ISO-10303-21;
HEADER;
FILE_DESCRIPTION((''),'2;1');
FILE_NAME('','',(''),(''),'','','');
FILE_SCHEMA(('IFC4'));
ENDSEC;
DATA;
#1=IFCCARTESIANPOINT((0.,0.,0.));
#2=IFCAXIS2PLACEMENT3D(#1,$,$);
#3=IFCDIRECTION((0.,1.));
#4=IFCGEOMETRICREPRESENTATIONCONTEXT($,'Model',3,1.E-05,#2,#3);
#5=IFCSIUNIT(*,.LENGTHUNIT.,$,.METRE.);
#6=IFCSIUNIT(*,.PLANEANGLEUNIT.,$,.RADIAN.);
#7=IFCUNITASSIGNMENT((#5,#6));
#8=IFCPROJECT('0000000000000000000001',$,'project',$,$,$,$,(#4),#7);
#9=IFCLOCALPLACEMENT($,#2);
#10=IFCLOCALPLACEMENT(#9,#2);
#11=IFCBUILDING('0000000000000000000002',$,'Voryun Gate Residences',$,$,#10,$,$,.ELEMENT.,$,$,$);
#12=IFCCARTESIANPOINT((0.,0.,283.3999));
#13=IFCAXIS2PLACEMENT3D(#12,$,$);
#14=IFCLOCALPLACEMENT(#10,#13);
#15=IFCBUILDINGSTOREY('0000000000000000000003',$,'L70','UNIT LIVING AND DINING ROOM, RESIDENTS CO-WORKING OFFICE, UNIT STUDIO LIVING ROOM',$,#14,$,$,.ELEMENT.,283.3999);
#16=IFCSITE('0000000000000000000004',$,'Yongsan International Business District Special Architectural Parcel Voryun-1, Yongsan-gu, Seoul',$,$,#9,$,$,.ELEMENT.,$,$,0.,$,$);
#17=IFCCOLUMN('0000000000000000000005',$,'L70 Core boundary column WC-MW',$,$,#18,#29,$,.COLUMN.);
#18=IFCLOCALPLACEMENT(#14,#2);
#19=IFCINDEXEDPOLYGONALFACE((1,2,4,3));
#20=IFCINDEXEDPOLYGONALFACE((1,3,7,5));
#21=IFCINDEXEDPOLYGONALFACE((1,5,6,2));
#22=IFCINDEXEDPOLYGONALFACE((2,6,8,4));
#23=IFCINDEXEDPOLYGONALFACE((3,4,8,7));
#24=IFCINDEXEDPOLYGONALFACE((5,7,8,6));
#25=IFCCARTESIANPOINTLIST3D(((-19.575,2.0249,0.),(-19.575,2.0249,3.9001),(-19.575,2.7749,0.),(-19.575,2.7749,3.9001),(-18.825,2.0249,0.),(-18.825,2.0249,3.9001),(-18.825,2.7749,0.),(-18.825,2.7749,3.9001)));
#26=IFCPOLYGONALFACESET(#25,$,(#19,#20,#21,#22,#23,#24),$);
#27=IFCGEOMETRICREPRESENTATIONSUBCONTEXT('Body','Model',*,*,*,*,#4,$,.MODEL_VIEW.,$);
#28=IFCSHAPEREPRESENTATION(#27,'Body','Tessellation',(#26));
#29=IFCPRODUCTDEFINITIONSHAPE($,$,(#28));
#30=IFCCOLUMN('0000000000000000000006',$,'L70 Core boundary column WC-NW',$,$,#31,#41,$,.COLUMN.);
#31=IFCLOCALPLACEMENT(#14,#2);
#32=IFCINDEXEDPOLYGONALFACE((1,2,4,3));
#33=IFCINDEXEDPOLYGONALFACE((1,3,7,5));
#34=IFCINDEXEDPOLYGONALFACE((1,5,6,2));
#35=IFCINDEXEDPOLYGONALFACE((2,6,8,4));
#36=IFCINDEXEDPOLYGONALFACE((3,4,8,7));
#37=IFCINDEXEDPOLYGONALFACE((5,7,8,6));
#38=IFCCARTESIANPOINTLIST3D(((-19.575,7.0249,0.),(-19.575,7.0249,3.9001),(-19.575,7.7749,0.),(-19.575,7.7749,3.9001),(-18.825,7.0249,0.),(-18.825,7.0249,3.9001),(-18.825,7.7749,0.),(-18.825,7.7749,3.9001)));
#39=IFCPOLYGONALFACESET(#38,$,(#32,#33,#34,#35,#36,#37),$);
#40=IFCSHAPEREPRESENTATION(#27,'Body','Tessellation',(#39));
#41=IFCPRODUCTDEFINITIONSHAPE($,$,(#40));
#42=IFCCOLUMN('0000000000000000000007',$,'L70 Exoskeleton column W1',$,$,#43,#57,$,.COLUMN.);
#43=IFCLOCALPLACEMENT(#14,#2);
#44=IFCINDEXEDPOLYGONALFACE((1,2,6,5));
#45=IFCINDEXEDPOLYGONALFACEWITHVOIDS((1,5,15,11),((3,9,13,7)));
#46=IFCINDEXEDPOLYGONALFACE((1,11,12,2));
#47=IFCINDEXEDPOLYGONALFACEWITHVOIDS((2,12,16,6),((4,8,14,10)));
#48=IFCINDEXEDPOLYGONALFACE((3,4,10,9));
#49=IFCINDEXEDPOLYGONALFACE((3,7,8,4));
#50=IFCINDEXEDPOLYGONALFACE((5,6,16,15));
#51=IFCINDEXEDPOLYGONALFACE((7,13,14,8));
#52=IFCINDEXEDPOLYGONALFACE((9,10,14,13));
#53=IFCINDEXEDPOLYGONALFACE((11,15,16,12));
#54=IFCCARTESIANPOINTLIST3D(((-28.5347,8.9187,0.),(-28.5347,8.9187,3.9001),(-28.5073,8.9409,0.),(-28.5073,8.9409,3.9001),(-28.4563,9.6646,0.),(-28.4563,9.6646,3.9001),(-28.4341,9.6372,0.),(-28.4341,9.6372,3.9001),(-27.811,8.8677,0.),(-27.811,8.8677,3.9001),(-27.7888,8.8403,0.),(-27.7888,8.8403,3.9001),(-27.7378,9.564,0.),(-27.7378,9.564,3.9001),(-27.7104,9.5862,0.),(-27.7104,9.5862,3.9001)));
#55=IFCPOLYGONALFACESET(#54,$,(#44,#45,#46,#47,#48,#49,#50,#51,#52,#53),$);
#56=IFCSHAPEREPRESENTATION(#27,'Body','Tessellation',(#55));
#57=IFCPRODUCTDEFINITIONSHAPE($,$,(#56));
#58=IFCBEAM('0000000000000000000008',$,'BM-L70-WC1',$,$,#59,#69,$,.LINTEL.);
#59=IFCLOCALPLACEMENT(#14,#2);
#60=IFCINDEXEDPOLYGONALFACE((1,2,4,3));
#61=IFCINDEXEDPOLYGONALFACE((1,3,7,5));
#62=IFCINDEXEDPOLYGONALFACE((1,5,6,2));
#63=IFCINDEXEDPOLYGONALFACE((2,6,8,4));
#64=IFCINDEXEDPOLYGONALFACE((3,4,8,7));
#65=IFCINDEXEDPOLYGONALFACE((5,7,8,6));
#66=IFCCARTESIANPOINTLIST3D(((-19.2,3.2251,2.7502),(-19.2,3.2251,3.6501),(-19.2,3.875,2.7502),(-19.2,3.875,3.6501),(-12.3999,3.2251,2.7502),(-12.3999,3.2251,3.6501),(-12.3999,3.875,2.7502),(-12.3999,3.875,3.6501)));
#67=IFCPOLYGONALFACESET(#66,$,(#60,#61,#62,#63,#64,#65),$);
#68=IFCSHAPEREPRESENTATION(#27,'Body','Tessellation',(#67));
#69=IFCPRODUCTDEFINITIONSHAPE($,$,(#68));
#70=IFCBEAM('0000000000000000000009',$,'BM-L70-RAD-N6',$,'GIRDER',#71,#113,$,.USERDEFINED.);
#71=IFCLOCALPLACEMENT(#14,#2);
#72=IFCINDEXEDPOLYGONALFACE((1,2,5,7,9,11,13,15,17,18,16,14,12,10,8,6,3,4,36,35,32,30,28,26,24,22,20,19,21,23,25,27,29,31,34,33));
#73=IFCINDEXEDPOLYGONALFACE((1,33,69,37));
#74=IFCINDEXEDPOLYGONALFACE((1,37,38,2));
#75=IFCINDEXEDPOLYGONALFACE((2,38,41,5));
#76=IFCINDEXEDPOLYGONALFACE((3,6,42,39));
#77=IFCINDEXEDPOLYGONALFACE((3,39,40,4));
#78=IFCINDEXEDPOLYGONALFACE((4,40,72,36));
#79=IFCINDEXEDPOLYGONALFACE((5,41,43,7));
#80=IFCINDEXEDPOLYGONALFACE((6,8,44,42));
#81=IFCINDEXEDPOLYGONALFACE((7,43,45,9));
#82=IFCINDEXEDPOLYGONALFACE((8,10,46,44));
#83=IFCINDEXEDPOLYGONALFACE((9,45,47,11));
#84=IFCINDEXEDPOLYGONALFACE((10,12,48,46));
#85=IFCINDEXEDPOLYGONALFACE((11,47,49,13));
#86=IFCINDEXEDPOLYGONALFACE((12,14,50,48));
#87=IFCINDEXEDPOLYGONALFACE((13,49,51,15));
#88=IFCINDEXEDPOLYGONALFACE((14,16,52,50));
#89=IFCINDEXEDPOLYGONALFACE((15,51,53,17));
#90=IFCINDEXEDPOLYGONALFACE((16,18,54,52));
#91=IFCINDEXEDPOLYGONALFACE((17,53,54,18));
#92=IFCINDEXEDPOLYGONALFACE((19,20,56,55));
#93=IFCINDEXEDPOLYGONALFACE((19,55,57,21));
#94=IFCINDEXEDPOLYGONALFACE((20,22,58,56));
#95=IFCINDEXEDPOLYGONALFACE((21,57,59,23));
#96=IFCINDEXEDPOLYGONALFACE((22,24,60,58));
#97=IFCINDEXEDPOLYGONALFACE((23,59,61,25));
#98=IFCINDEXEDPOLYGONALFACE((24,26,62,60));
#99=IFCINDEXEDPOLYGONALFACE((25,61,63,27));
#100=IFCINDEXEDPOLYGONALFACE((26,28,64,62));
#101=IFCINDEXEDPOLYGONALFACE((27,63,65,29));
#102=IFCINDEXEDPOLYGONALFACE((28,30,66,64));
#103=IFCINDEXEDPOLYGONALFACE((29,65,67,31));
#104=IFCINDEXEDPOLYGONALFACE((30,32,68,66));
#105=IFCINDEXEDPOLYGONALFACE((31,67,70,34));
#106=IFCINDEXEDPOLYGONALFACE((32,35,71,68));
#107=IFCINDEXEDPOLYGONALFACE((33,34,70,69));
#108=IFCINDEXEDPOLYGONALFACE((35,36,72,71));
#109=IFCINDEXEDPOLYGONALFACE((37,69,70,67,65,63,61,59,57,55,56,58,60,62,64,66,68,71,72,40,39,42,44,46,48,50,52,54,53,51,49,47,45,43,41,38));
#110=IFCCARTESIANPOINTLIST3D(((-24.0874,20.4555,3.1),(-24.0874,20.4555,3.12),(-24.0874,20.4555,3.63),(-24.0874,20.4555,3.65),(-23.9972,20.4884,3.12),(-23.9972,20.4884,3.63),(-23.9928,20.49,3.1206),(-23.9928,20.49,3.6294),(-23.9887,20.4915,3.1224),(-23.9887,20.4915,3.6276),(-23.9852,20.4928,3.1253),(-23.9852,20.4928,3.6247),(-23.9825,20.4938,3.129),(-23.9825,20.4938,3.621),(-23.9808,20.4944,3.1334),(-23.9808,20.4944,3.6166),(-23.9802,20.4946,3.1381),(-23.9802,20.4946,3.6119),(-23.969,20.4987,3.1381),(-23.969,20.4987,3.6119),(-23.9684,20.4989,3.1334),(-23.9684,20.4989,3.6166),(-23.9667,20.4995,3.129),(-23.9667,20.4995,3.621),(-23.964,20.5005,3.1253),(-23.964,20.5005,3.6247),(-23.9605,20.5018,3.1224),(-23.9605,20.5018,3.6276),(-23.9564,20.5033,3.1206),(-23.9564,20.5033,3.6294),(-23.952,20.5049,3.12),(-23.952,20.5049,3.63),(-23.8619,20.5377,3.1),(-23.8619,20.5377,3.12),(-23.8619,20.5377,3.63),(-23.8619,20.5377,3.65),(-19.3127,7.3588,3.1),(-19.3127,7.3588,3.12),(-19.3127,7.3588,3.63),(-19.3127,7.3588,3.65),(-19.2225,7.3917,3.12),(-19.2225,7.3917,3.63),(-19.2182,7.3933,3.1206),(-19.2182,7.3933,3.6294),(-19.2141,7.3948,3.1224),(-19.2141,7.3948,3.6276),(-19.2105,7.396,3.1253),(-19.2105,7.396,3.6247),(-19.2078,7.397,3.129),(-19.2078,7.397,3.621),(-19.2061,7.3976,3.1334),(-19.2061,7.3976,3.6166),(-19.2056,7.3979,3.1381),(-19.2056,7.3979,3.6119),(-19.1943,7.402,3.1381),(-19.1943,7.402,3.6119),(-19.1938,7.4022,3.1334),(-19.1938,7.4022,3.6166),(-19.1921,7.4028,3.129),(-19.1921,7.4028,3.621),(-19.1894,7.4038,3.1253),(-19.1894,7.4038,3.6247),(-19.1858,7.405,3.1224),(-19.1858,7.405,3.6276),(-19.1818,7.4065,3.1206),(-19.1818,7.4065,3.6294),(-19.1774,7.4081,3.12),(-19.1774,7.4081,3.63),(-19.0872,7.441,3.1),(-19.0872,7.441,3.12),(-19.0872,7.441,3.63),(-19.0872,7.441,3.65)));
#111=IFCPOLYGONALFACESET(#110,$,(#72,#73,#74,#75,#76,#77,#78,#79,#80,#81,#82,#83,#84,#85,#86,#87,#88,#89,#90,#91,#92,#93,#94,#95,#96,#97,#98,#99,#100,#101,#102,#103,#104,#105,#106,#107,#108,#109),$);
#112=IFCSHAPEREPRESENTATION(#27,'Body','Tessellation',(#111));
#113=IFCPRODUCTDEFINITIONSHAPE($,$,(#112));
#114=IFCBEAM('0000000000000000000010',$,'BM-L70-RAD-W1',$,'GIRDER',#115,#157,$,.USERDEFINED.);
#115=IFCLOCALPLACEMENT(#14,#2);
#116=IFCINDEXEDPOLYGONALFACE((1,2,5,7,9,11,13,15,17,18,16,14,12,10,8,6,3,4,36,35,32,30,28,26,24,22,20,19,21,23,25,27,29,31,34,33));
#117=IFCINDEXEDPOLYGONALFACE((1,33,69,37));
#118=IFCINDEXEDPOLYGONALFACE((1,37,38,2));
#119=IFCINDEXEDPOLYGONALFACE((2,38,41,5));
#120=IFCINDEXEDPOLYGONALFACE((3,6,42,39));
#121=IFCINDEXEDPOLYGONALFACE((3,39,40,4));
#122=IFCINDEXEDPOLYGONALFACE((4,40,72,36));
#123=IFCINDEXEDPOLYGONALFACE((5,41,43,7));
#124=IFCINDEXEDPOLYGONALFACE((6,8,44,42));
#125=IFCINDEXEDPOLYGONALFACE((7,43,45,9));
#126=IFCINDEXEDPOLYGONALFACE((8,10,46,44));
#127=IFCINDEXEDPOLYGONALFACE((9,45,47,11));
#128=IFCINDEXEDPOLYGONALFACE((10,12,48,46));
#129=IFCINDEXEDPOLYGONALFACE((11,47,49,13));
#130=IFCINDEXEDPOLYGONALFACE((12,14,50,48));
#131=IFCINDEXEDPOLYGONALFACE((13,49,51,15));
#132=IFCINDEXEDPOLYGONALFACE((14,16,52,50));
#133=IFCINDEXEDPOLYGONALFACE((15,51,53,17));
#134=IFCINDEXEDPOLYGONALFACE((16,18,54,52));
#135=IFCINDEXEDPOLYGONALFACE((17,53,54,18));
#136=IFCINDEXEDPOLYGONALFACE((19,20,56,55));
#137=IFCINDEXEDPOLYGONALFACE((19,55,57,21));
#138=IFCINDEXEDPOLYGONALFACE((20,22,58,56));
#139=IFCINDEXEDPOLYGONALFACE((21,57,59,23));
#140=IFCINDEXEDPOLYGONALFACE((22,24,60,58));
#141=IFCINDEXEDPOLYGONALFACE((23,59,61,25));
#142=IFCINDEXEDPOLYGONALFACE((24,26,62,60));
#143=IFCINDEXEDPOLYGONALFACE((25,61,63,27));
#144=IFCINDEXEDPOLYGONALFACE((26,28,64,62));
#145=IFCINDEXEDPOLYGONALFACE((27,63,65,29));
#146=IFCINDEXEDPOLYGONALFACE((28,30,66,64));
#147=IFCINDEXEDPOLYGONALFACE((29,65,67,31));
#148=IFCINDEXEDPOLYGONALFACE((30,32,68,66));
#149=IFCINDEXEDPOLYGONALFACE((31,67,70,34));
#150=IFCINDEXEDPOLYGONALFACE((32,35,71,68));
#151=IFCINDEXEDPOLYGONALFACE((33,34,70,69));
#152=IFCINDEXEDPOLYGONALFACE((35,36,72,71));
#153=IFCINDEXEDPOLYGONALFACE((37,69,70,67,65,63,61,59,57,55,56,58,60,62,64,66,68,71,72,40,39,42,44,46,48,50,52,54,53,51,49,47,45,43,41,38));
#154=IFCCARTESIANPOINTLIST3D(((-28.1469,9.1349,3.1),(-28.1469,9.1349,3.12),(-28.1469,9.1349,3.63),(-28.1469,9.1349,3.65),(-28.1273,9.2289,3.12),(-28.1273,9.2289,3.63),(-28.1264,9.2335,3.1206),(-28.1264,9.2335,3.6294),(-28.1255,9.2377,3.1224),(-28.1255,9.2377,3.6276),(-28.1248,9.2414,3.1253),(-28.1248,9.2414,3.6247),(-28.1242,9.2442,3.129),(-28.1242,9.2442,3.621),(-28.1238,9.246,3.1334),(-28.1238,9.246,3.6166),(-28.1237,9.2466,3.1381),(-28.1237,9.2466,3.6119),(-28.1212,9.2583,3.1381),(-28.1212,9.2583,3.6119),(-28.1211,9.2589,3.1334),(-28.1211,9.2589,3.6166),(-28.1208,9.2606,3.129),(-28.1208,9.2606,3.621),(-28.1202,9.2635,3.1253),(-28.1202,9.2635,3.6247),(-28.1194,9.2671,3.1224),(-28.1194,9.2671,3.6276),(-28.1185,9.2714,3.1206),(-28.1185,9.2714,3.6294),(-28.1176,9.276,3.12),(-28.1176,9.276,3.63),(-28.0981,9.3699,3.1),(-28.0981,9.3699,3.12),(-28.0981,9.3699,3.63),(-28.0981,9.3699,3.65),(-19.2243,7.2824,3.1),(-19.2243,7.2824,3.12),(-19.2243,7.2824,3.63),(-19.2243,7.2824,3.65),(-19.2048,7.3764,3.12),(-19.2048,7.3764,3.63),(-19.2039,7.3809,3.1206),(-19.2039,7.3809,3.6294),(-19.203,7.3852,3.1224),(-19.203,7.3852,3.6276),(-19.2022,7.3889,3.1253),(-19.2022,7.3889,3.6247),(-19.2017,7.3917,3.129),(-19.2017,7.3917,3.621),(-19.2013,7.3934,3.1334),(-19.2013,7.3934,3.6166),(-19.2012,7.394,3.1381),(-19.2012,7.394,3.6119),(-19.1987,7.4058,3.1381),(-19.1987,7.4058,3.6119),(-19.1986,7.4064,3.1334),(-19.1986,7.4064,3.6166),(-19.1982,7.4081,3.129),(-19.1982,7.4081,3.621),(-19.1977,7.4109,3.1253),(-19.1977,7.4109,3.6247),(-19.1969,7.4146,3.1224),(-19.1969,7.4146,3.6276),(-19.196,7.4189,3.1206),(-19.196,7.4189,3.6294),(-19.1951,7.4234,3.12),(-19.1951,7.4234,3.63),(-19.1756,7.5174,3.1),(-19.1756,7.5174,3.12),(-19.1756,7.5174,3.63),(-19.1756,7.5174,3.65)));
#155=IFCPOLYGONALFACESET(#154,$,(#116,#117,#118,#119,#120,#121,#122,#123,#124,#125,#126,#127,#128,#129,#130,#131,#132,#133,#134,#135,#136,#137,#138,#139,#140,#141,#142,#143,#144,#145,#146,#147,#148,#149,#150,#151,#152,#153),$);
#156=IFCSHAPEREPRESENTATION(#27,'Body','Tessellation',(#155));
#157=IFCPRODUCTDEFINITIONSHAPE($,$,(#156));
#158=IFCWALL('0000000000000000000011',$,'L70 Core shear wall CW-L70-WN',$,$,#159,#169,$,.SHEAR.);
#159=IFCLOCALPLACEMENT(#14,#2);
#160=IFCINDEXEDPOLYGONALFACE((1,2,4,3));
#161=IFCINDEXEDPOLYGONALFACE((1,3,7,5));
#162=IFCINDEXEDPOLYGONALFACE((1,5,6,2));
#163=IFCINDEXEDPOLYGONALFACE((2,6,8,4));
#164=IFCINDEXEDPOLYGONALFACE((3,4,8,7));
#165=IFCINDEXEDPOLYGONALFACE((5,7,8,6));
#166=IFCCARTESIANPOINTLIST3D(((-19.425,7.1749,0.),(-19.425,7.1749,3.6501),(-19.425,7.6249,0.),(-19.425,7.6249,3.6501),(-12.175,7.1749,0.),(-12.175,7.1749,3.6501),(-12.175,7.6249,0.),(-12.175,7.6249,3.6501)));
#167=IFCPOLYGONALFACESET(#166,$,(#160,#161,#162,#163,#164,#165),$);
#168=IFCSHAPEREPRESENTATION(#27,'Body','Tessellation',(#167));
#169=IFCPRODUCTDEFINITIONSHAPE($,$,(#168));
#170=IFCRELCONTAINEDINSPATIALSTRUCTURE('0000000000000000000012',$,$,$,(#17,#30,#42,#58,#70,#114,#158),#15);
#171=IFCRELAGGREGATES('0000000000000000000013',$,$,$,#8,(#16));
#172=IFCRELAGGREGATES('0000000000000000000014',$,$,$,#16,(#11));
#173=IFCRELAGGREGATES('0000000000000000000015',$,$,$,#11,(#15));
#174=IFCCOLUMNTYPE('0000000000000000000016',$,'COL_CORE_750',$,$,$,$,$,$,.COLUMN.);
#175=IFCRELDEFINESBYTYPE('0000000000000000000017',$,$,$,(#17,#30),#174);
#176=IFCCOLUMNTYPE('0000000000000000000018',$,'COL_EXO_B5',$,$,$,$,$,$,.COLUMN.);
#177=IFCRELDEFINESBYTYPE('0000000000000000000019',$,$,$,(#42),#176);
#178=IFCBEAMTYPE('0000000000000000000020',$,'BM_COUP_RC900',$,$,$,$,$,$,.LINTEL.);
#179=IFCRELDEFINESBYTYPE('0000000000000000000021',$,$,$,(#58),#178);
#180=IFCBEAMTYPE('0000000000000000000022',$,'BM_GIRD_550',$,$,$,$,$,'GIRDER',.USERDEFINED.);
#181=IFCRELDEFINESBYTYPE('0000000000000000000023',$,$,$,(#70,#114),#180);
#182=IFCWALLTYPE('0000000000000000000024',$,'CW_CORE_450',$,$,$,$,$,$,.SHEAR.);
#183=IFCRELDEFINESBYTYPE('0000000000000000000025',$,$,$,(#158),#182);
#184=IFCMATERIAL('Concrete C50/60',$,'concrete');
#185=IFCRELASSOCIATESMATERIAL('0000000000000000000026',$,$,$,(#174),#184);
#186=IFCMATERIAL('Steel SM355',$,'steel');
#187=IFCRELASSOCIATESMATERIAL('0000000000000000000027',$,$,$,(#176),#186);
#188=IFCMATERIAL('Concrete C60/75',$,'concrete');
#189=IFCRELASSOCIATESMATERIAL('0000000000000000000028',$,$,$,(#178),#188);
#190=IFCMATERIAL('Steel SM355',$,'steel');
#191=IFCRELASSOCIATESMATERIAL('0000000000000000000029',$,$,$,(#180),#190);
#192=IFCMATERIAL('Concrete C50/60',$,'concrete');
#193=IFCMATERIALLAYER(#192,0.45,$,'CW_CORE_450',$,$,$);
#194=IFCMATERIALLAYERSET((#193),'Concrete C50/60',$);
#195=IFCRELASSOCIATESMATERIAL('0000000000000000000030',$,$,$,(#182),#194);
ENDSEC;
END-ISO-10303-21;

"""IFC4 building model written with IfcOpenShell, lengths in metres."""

from ifc_helpers import new_model, si_unit, direction, frame, frame_2d, origin, origin_2d, place, context, subcontext, project, spatial, rectangle, hollow_rectangle, i_section, extrude, material, layer, layer_set, material_profile, profile_set, type_object, element, save


model = new_model("IFC4")

# Units and contexts
model_context = context("Model", 3, precision=1e-05, world=origin(), true_north=direction((0.0, 1.0)))
body_context = subcontext(model_context, "Body", "Model", "MODEL_VIEW")
ifc_project = project(units=[si_unit("LENGTHUNIT", "METRE"), si_unit("PLANEANGLEUNIT", "RADIAN")], contexts=[model_context])

# Site, building, storey
site_placement = place(None, origin())
site = spatial("IfcSite", under=ifc_project, at=site_placement, Name="Yongsan International Business District Special Architectural Parcel Voryun-1, Yongsan-gu, Seoul", CompositionType="ELEMENT", RefElevation=0.0)
building_placement = place(site_placement, origin())
building = spatial("IfcBuilding", under=site, at=building_placement, Name="Voryun Gate Residences", CompositionType="ELEMENT")
storey_placement = place(building_placement, frame((0.0, 0.0, 283.3999)))
storey = spatial("IfcBuildingStorey", under=building, at=storey_placement, Name="L70", Description="UNIT LIVING AND DINING ROOM, RESIDENTS CO-WORKING OFFICE, UNIT STUDIO LIVING ROOM", CompositionType="ELEMENT", Elevation=283.3999)

# Columns
ifc_material_1 = material(Name="Concrete C50/60", Category="concrete")
ifc_material_profile_1 = material_profile(ifc_material_1, rectangle(XDim=0.75, YDim=0.75, at=origin_2d()), Name="RC-750x750")
ifc_profile_set_1 = profile_set([ifc_material_profile_1], Name="Concrete C50/60")
column_type_1 = type_object("IfcColumnType", Name="COL_CORE_750", PredefinedType="COLUMN", material=ifc_profile_set_1)
for number, where, z_axis, x_axis, name in (
    (1, (-19.2, 2.3999, 0.0), (0.0, 0.0, 1.0), (1.0, 0.0, 0.0), "L70 Core boundary column WC-MW"),
    (2, (-19.2, 7.3999, 0.0), (0.0, 0.0, 1.0), (1.0, 0.0, 0.0), "L70 Core boundary column WC-NW"),
):
    element("IfcColumn", number, at=place(storey_placement, frame(where, z_axis=z_axis, x_axis=x_axis)), inside=storey, type_object=column_type_1, Name=name, PredefinedType="COLUMN", context=body_context, shape_type="SweptSolid", body=[
        extrude(rectangle(XDim=0.75, YDim=0.75, at=origin_2d()), origin(), (0.0, 0.0, 1.0), 3.9001),
    ])
ifc_material_2 = material(Name="Steel SM355", Category="steel")
ifc_material_profile_2 = material_profile(ifc_material_2, hollow_rectangle(XDim=0.75, YDim=0.75, WallThickness=0.0249, at=origin_2d()), Name="BOX-750x750x25")
ifc_profile_set_2 = profile_set([ifc_material_profile_2], Name="Steel SM355")
column_type_2 = type_object("IfcColumnType", Name="COL_EXO_B5", PredefinedType="COLUMN", material=ifc_profile_set_2)
column_placement = place(storey_placement, frame((-28.1226, 9.2524, 0.0), z_axis=(0.0, 0.0, 1.0), x_axis=(0.994522, -0.104528, 0.0)))
element("IfcColumn", 3, at=column_placement, inside=storey, type_object=column_type_2, Name="L70 Exoskeleton column W1", PredefinedType="COLUMN", context=body_context, shape_type="SweptSolid", body=[
    extrude(hollow_rectangle(XDim=0.75, YDim=0.75, WallThickness=0.0249, at=origin_2d()), origin(), (0.0, 0.0, 1.0), 3.9001),
])

# Beams
ifc_material_3 = material(Name="Concrete C60/75", Category="concrete")
ifc_material_profile_3 = material_profile(ifc_material_3, rectangle(XDim=0.6499, YDim=0.8999, at=origin_2d()), Name="RC-650x900")
ifc_profile_set_3 = profile_set([ifc_material_profile_3], Name="Concrete C60/75")
beam_type_1 = type_object("IfcBeamType", Name="BM_COUP_RC900", PredefinedType="LINTEL", material=ifc_profile_set_3)
beam_1_placement = place(storey_placement, frame((-19.2, 3.55, 3.2002), z_axis=(1.0, 0.0, 0.0), x_axis=(0.0, 1.0, 0.0)))
element("IfcBeam", 4, at=beam_1_placement, inside=storey, type_object=beam_type_1, Name="BM-L70-WC1", PredefinedType="LINTEL", context=body_context, shape_type="SweptSolid", body=[
    extrude(rectangle(XDim=0.6499, YDim=0.8999, at=origin_2d()), origin(), (0.0, 0.0, 1.0), 6.8),
])
ifc_material_4 = material(Name="Steel SM355", Category="steel")
ifc_material_profile_4 = material_profile(ifc_material_4, i_section(OverallWidth=0.24, OverallDepth=0.55, WebThickness=0.012, FlangeThickness=0.02, FilletRadius=0.0181, at=origin_2d()), Name="H-550x240x12x20")
ifc_profile_set_4 = profile_set([ifc_material_profile_4], Name="Steel SM355")
beam_type_2 = type_object("IfcBeamType", Name="BM_GIRD_550", ElementType="GIRDER", PredefinedType="USERDEFINED", material=ifc_profile_set_4)
beam_2_placement = place(storey_placement, frame((-19.2, 7.3999, 3.375), z_axis=(-0.342518, 0.939511, 0.0), x_axis=(-0.939511, -0.342518, 0.0)))
element("IfcBeam", 5, at=beam_2_placement, inside=storey, type_object=beam_type_2, Name="BM-L70-RAD-N6", ObjectType="GIRDER", PredefinedType="USERDEFINED", context=body_context, shape_type="SweptSolid", body=[
    extrude(i_section(OverallWidth=0.24, OverallDepth=0.55, WebThickness=0.012, FlangeThickness=0.02, FilletRadius=0.0181, at=origin_2d()), origin(), (0.0, 0.0, 1.0), 13.9399),
])
beam_3_placement = place(storey_placement, frame((-19.2, 7.3999, 3.375), z_axis=(-0.979119, 0.203288, 0.0), x_axis=(-0.203288, -0.979119, 0.0)))
element("IfcBeam", 6, at=beam_3_placement, inside=storey, type_object=beam_type_2, Name="BM-L70-RAD-W1", ObjectType="GIRDER", PredefinedType="USERDEFINED", context=body_context, shape_type="SweptSolid", body=[
    extrude(i_section(OverallWidth=0.24, OverallDepth=0.55, WebThickness=0.012, FlangeThickness=0.02, FilletRadius=0.0181, at=origin_2d()), origin(), (0.0, 0.0, 1.0), 9.1128),
])

# Wall
ifc_material_5 = material(Name="Concrete C50/60", Category="concrete")
ifc_layer_1 = layer(ifc_material_5, 0.45, Name="CW_CORE_450")
ifc_layer_set_1 = layer_set([ifc_layer_1], Name="Concrete C50/60")
wall_type_1 = type_object("IfcWallType", Name="CW_CORE_450", PredefinedType="SHEAR", material=ifc_layer_set_1)
wall_1_placement = place(storey_placement, frame((-19.425, 7.3999, 0.0), z_axis=(0.0, 0.0, 1.0), x_axis=(1.0, 0.0, 0.0)))
element("IfcWall", 7, at=wall_1_placement, inside=storey, type_object=wall_type_1, Name="L70 Core shear wall CW-L70-WN", PredefinedType="SHEAR", context=body_context, shape_type="SweptSolid", body=[
    extrude(rectangle(XDim=7.25, YDim=0.45, at=frame_2d((3.625, 0.0))), origin(), (0.0, 0.0, 1.0), 3.6501),
])

save(model, "model.ifc")
